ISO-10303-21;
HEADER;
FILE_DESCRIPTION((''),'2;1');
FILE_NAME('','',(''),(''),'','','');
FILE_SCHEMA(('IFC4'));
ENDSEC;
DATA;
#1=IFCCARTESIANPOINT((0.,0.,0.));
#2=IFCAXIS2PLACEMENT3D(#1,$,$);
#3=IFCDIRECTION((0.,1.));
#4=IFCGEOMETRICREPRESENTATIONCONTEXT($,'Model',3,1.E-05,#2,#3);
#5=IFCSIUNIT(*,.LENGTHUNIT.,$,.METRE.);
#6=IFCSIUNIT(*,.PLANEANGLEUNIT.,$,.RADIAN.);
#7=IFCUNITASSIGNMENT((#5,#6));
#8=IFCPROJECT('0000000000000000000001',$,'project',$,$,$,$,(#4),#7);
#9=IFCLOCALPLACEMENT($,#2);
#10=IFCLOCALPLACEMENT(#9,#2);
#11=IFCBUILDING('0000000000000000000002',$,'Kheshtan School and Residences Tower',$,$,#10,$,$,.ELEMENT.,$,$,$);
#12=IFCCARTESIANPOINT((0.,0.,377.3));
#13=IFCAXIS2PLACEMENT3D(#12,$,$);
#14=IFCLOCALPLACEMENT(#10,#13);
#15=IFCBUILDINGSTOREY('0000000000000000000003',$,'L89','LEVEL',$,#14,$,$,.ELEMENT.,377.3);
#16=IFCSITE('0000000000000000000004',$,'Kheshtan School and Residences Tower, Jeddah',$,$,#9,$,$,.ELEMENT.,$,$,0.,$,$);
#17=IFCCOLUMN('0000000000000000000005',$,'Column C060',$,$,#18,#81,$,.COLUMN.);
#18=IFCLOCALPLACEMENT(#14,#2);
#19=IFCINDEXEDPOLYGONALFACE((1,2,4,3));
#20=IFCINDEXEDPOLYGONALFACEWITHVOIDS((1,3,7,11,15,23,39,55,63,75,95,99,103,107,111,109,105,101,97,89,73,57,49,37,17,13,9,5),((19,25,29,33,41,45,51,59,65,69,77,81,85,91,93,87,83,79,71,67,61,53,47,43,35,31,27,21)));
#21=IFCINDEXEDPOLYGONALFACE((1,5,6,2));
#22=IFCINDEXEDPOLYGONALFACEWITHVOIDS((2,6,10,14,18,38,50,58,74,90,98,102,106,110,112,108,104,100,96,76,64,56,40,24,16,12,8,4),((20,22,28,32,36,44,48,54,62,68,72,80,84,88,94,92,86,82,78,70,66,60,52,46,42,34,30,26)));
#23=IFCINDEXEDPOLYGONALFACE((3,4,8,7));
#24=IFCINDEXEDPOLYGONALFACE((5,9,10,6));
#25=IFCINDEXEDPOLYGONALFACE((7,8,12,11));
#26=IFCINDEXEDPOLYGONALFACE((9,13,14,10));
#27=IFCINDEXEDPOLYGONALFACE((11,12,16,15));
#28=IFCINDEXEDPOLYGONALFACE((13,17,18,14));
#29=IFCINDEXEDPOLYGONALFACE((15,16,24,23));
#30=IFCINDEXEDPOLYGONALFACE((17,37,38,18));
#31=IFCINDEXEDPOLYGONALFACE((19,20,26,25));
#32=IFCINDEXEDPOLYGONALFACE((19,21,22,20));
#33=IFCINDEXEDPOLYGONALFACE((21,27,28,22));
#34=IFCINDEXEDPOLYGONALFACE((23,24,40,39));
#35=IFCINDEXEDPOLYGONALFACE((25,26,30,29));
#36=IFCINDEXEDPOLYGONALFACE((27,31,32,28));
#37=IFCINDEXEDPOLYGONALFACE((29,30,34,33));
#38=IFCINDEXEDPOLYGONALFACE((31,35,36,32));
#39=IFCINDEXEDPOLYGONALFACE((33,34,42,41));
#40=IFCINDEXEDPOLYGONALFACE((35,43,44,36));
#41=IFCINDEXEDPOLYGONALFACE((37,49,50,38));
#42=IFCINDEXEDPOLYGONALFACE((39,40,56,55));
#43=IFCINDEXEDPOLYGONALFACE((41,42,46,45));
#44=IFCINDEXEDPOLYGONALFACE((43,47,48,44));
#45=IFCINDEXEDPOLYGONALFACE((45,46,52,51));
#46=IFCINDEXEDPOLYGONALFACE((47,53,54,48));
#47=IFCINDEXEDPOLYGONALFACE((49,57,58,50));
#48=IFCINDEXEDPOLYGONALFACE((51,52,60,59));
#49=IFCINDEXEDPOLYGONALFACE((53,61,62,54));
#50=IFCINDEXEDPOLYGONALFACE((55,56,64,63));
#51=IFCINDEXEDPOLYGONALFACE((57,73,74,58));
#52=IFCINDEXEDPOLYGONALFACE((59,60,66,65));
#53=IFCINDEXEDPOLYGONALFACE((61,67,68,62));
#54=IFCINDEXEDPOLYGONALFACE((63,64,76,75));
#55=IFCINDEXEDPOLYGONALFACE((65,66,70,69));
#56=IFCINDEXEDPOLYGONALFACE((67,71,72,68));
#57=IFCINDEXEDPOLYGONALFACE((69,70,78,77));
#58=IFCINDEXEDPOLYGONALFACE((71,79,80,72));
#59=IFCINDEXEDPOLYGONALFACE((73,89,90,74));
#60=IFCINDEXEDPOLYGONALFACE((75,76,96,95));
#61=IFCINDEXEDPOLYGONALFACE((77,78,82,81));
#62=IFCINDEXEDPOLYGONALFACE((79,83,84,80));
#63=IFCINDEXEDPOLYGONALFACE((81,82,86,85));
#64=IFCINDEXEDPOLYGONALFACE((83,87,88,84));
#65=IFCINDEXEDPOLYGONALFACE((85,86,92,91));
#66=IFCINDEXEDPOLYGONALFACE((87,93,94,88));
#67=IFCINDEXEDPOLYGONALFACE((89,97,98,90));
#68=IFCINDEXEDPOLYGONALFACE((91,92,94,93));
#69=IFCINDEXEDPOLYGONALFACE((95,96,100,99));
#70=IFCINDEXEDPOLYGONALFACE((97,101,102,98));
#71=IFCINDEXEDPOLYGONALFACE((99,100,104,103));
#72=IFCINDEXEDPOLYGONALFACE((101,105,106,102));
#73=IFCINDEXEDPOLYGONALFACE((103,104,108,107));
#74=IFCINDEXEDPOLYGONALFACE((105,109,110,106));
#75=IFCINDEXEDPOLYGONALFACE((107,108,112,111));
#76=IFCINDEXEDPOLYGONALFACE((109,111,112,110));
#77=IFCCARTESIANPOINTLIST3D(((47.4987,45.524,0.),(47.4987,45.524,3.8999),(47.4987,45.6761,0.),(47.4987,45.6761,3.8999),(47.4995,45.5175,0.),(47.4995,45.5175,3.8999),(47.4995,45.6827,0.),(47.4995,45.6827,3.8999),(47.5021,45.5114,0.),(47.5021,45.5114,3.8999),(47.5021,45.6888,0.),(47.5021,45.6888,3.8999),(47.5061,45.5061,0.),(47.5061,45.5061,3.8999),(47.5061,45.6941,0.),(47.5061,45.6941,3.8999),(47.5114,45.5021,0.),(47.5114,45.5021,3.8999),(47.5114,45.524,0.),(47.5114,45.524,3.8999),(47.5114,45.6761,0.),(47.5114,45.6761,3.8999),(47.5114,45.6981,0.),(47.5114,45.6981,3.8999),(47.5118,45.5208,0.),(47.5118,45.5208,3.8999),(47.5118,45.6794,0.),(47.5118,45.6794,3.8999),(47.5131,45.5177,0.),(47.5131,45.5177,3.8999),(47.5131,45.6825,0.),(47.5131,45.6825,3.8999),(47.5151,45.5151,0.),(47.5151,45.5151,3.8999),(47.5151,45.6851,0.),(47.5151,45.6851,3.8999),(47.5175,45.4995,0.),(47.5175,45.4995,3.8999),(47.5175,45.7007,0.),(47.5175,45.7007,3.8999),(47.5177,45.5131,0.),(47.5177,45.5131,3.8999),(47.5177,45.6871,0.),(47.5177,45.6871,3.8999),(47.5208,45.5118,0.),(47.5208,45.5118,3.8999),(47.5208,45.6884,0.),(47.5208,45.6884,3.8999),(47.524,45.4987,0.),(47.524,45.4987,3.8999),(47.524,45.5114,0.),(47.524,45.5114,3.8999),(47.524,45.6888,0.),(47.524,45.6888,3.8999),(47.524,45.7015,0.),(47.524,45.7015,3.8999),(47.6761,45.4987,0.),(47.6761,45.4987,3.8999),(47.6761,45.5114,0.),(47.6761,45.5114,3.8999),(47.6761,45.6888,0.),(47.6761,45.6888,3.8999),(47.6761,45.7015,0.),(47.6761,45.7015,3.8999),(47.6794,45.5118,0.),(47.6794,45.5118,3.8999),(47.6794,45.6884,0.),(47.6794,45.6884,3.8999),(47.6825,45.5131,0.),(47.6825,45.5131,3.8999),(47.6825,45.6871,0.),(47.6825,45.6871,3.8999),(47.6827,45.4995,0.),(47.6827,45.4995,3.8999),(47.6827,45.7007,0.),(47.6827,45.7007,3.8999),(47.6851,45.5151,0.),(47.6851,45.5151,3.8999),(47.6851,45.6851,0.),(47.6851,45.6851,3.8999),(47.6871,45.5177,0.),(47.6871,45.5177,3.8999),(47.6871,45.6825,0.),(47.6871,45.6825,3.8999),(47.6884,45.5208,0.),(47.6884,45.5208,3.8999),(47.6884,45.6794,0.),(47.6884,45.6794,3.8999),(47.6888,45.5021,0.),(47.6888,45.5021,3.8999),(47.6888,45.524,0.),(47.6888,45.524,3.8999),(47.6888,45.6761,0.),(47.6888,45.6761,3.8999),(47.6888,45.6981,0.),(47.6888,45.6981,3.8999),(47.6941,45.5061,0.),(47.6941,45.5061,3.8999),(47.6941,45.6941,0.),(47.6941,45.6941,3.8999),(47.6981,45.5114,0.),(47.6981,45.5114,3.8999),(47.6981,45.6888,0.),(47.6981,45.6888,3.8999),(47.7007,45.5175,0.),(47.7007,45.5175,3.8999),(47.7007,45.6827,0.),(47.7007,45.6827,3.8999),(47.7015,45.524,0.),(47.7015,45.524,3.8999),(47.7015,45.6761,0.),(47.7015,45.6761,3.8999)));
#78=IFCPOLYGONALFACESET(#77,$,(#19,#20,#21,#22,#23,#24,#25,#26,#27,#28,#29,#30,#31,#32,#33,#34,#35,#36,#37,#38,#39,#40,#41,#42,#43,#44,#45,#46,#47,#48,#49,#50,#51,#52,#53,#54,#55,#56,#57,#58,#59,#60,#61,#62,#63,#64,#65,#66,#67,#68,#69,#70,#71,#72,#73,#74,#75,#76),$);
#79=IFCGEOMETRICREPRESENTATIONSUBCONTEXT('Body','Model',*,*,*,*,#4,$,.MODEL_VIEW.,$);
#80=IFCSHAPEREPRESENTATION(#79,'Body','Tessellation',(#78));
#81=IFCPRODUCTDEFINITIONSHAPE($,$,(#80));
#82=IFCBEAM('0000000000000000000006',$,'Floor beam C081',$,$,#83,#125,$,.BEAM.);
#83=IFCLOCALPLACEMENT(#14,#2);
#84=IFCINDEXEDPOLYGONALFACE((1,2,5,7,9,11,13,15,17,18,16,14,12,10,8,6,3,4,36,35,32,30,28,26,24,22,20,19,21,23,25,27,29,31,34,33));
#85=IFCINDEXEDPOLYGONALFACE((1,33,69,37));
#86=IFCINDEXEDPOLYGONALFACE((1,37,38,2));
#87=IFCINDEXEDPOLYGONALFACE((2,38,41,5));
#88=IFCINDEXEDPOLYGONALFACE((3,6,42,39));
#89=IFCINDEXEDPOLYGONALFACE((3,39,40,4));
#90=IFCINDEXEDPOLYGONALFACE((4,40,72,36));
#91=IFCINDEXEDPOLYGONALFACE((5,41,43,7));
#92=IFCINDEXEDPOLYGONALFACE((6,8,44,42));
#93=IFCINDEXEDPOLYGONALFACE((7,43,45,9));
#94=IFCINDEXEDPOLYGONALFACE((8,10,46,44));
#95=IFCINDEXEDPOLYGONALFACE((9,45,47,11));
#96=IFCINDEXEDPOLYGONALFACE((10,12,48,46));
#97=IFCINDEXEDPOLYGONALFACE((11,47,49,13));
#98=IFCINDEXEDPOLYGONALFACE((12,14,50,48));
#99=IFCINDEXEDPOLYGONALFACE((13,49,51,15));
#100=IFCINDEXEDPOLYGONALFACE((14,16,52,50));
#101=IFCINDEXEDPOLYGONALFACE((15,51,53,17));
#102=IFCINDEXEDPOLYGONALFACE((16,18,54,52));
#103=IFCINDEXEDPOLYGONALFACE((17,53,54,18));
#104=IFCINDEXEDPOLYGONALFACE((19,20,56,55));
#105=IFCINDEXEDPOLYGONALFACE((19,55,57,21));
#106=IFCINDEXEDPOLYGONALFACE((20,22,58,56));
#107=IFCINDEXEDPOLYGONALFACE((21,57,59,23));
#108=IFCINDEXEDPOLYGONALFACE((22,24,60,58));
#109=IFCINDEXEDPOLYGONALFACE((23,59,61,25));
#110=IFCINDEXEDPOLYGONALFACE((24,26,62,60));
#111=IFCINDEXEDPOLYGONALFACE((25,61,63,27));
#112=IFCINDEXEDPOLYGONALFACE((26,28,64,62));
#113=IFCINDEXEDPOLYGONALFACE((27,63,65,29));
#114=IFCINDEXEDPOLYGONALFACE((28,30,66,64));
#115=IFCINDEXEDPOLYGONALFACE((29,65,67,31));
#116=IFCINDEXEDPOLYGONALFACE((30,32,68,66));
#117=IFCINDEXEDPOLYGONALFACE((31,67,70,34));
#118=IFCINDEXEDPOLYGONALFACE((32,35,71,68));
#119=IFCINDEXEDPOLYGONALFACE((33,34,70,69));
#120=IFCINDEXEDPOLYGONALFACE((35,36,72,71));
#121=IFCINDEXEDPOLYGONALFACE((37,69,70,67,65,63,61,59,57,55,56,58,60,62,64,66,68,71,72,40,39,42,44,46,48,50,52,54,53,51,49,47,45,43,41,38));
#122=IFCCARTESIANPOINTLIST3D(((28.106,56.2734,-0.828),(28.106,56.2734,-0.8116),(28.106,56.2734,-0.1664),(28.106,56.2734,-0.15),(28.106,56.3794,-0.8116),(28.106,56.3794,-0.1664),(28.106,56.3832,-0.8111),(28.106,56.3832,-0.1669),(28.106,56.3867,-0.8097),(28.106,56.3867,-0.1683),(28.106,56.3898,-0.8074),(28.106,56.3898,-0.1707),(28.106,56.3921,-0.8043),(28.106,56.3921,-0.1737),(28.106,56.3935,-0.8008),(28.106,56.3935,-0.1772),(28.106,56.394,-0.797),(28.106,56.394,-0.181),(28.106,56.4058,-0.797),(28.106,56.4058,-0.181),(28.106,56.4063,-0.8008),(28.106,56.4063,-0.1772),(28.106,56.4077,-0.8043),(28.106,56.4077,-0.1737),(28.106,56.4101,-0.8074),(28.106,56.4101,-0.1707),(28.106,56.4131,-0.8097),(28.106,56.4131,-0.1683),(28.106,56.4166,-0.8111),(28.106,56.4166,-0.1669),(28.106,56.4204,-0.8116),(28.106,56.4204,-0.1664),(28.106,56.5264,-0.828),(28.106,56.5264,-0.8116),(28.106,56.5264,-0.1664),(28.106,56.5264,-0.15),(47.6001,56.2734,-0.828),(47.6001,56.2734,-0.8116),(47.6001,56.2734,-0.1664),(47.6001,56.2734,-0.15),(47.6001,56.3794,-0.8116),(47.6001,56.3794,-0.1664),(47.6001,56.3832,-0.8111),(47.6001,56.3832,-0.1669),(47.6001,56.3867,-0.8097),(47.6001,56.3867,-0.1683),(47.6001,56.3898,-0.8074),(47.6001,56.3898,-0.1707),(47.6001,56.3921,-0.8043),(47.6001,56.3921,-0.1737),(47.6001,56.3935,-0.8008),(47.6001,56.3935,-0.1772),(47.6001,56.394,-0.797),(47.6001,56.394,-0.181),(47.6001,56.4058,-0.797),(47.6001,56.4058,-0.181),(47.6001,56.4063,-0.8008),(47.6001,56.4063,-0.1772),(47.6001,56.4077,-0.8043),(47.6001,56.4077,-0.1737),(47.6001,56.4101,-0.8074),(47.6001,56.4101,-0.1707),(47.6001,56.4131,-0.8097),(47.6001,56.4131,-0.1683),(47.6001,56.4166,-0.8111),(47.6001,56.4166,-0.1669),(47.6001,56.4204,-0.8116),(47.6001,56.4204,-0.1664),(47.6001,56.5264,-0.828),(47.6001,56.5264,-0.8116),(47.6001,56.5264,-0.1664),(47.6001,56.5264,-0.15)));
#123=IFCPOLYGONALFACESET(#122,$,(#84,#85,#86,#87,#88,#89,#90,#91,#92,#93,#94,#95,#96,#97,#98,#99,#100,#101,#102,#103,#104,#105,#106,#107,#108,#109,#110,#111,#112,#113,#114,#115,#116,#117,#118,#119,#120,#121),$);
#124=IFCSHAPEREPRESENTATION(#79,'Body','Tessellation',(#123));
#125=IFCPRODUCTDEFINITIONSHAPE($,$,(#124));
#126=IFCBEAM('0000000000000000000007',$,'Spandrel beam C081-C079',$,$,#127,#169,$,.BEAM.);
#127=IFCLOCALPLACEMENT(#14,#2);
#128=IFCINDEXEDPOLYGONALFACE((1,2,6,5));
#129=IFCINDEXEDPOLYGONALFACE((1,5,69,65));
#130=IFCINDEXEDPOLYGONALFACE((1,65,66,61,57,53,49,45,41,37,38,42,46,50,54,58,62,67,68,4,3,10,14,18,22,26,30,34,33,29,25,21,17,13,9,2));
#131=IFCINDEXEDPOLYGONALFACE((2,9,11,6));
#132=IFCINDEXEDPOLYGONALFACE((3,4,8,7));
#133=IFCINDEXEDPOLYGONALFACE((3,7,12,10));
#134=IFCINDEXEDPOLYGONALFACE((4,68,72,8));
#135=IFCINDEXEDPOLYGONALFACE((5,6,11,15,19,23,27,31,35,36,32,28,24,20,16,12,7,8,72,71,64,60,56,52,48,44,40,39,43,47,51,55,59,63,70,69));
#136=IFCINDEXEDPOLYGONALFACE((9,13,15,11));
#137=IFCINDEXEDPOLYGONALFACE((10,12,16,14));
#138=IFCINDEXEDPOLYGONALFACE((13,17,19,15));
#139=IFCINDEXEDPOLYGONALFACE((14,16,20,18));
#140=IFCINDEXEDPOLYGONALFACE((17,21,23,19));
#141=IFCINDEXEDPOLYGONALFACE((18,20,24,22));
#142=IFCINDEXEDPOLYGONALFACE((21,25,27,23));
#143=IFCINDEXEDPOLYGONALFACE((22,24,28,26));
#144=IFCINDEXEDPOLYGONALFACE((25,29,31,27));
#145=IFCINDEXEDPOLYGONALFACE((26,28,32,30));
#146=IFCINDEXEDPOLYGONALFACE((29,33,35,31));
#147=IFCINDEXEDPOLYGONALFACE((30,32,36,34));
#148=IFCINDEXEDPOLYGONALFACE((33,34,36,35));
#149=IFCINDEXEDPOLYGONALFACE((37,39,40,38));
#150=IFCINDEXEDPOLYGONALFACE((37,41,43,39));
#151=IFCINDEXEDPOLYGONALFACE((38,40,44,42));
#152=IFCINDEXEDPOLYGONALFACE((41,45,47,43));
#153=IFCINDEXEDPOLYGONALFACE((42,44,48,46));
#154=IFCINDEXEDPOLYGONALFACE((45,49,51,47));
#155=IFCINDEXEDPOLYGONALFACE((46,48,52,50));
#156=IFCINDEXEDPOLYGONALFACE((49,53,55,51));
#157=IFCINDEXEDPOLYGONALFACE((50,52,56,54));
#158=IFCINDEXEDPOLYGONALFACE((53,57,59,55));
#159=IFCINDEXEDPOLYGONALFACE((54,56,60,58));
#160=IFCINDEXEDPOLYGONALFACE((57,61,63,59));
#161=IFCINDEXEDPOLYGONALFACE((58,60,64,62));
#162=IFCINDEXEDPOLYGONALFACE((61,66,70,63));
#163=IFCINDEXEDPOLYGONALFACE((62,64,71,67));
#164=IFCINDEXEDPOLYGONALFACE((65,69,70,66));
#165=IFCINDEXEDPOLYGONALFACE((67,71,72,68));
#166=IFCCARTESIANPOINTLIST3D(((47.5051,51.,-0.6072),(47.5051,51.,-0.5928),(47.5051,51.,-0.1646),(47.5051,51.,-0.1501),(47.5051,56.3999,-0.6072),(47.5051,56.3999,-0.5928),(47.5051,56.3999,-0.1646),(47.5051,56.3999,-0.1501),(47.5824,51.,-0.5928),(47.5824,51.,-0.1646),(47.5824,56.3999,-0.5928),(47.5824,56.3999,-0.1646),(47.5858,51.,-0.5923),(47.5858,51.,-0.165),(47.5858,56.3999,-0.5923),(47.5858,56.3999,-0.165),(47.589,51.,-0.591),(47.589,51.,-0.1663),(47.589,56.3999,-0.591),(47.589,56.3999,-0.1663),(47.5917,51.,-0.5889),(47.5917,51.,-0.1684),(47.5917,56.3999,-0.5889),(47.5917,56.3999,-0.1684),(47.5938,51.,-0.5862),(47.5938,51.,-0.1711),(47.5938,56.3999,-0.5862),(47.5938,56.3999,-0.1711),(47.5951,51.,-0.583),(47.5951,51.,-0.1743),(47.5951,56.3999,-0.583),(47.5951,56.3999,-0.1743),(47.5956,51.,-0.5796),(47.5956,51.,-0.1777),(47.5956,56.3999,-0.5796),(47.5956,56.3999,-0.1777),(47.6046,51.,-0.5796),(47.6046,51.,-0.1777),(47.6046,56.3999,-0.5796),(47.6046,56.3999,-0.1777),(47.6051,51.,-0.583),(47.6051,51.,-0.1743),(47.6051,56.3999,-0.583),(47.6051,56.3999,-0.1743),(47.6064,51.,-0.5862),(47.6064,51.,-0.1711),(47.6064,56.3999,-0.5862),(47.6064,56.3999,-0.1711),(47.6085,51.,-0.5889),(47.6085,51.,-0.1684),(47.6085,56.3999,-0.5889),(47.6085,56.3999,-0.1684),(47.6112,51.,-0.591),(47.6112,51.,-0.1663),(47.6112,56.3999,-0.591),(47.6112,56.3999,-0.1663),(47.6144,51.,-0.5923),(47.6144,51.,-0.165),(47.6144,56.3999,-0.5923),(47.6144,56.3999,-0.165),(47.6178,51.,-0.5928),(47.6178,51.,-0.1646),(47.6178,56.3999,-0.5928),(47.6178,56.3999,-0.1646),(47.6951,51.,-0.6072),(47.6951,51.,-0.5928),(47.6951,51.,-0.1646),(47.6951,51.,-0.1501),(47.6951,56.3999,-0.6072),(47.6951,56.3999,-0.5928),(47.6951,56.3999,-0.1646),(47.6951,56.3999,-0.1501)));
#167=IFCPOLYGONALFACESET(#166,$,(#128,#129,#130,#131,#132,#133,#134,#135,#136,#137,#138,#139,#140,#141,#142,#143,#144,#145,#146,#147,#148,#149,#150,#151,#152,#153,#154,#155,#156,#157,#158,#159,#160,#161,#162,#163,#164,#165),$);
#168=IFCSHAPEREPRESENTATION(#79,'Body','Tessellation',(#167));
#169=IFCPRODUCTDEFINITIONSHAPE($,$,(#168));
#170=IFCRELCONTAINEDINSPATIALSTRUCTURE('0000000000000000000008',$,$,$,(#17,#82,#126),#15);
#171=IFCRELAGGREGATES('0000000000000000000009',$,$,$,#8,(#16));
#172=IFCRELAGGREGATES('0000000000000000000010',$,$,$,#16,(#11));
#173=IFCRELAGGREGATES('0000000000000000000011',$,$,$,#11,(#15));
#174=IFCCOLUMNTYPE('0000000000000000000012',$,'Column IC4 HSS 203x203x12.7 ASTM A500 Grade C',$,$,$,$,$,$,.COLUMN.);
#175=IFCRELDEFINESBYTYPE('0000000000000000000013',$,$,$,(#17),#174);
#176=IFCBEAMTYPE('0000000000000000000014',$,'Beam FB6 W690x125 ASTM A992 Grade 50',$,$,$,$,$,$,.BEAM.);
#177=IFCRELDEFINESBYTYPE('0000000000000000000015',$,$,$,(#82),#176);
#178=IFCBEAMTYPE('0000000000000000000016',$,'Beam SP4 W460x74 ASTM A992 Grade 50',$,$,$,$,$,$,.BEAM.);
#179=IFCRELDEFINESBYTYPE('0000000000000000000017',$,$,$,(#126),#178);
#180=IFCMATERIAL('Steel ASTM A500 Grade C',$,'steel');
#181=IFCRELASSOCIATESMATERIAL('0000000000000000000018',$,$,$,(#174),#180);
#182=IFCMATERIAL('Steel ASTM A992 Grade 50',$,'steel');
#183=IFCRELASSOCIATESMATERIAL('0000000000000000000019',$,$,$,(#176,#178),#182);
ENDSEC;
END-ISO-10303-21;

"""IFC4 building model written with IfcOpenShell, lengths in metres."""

from ifc_helpers import new_model, si_unit, direction, frame, origin, origin_2d, place, context, subcontext, project, spatial, hollow_rectangle, i_section, extrude, material, material_profile, profile_set, type_object, element, save


model = new_model("IFC4")

# Units and contexts
model_context = context("Model", 3, precision=1e-05, world=origin(), true_north=direction((0.0, 1.0)))
body_context = subcontext(model_context, "Body", "Model", "MODEL_VIEW")
ifc_project = project(units=[si_unit("LENGTHUNIT", "METRE"), si_unit("PLANEANGLEUNIT", "RADIAN")], contexts=[model_context])

# Site, building, storey
site_placement = place(None, origin())
site = spatial("IfcSite", under=ifc_project, at=site_placement, Name="Kheshtan School and Residences Tower, Jeddah", CompositionType="ELEMENT", RefElevation=0.0)
building_placement = place(site_placement, origin())
building = spatial("IfcBuilding", under=site, at=building_placement, Name="Kheshtan School and Residences Tower", CompositionType="ELEMENT")
storey_placement = place(building_placement, frame((0.0, 0.0, 377.3)))
storey = spatial("IfcBuildingStorey", under=building, at=storey_placement, Name="L89", Description="LEVEL", CompositionType="ELEMENT", Elevation=377.3)

# Column
ifc_material_1 = material(Name="Steel ASTM A992 Grade 50", Category="steel")
ifc_material_2 = material(Name="Steel ASTM A500 Grade C", Category="steel")
ifc_material_profile_1 = material_profile(ifc_material_2, hollow_rectangle(XDim=0.2029, YDim=0.2029, WallThickness=0.0127, InnerFilletRadius=0.0127, OuterFilletRadius=0.0254, at=origin_2d()), Name="HSS 203x203x12.7")
ifc_profile_set_1 = profile_set([ifc_material_profile_1], Name="Steel ASTM A500 Grade C")
column_type_1 = type_object("IfcColumnType", Name="Column IC4 HSS 203x203x12.7 ASTM A500 Grade C", PredefinedType="COLUMN", material=ifc_profile_set_1)
column_placement = place(storey_placement, frame((47.6001, 45.6001, 0.0), z_axis=(0.0, 0.0, 1.0), x_axis=(1.0, 0.0, 0.0)))
element("IfcColumn", 1, at=column_placement, inside=storey, type_object=column_type_1, Name="Column C060", PredefinedType="COLUMN", context=body_context, shape_type="SweptSolid", body=[
    extrude(hollow_rectangle(XDim=0.2029, YDim=0.2029, WallThickness=0.0127, InnerFilletRadius=0.0127, OuterFilletRadius=0.0254, at=origin_2d()), origin(), (0.0, 0.0, 1.0), 3.8999),
])

# Beams
ifc_material_profile_2 = material_profile(ifc_material_1, i_section(OverallWidth=0.2529, OverallDepth=0.678, WebThickness=0.0117, FlangeThickness=0.0164, FilletRadius=0.0146, at=origin_2d()), Name="W690x125")
ifc_profile_set_2 = profile_set([ifc_material_profile_2], Name="Steel ASTM A992 Grade 50")
beam_type_1 = type_object("IfcBeamType", Name="Beam FB6 W690x125 ASTM A992 Grade 50", PredefinedType="BEAM", material=ifc_profile_set_2)
beam_1_placement = place(storey_placement, frame((47.6001, 56.3999, -0.489), z_axis=(-1.0, 0.0, 0.0), x_axis=(0.0, -1.0, 0.0)))
element("IfcBeam", 2, at=beam_1_placement, inside=storey, type_object=beam_type_1, Name="Floor beam C081", PredefinedType="BEAM", context=body_context, shape_type="SweptSolid", body=[
    extrude(i_section(OverallWidth=0.2529, OverallDepth=0.678, WebThickness=0.0117, FlangeThickness=0.0164, FilletRadius=0.0146, at=origin_2d()), origin(), (0.0, 0.0, 1.0), 19.4941),
])
ifc_material_profile_3 = material_profile(ifc_material_1, i_section(OverallWidth=0.1899, OverallDepth=0.457, WebThickness=0.009, FlangeThickness=0.0144, FilletRadius=0.0132, at=origin_2d()), Name="W460x74")
ifc_profile_set_3 = profile_set([ifc_material_profile_3], Name="Steel ASTM A992 Grade 50")
beam_type_2 = type_object("IfcBeamType", Name="Beam SP4 W460x74 ASTM A992 Grade 50", PredefinedType="BEAM", material=ifc_profile_set_3)
beam_2_placement = place(storey_placement, frame((47.6001, 56.3999, -0.3787), z_axis=(0.0, -1.0, 0.0), x_axis=(1.0, 0.0, 0.0)))
element("IfcBeam", 3, at=beam_2_placement, inside=storey, type_object=beam_type_2, Name="Spandrel beam C081-C079", PredefinedType="BEAM", context=body_context, shape_type="SweptSolid", body=[
    extrude(i_section(OverallWidth=0.1899, OverallDepth=0.457, WebThickness=0.009, FlangeThickness=0.0144, FilletRadius=0.0132, at=origin_2d()), origin(), (0.0, 0.0, 1.0), 5.3999),
])

save(model, "model.ifc")
